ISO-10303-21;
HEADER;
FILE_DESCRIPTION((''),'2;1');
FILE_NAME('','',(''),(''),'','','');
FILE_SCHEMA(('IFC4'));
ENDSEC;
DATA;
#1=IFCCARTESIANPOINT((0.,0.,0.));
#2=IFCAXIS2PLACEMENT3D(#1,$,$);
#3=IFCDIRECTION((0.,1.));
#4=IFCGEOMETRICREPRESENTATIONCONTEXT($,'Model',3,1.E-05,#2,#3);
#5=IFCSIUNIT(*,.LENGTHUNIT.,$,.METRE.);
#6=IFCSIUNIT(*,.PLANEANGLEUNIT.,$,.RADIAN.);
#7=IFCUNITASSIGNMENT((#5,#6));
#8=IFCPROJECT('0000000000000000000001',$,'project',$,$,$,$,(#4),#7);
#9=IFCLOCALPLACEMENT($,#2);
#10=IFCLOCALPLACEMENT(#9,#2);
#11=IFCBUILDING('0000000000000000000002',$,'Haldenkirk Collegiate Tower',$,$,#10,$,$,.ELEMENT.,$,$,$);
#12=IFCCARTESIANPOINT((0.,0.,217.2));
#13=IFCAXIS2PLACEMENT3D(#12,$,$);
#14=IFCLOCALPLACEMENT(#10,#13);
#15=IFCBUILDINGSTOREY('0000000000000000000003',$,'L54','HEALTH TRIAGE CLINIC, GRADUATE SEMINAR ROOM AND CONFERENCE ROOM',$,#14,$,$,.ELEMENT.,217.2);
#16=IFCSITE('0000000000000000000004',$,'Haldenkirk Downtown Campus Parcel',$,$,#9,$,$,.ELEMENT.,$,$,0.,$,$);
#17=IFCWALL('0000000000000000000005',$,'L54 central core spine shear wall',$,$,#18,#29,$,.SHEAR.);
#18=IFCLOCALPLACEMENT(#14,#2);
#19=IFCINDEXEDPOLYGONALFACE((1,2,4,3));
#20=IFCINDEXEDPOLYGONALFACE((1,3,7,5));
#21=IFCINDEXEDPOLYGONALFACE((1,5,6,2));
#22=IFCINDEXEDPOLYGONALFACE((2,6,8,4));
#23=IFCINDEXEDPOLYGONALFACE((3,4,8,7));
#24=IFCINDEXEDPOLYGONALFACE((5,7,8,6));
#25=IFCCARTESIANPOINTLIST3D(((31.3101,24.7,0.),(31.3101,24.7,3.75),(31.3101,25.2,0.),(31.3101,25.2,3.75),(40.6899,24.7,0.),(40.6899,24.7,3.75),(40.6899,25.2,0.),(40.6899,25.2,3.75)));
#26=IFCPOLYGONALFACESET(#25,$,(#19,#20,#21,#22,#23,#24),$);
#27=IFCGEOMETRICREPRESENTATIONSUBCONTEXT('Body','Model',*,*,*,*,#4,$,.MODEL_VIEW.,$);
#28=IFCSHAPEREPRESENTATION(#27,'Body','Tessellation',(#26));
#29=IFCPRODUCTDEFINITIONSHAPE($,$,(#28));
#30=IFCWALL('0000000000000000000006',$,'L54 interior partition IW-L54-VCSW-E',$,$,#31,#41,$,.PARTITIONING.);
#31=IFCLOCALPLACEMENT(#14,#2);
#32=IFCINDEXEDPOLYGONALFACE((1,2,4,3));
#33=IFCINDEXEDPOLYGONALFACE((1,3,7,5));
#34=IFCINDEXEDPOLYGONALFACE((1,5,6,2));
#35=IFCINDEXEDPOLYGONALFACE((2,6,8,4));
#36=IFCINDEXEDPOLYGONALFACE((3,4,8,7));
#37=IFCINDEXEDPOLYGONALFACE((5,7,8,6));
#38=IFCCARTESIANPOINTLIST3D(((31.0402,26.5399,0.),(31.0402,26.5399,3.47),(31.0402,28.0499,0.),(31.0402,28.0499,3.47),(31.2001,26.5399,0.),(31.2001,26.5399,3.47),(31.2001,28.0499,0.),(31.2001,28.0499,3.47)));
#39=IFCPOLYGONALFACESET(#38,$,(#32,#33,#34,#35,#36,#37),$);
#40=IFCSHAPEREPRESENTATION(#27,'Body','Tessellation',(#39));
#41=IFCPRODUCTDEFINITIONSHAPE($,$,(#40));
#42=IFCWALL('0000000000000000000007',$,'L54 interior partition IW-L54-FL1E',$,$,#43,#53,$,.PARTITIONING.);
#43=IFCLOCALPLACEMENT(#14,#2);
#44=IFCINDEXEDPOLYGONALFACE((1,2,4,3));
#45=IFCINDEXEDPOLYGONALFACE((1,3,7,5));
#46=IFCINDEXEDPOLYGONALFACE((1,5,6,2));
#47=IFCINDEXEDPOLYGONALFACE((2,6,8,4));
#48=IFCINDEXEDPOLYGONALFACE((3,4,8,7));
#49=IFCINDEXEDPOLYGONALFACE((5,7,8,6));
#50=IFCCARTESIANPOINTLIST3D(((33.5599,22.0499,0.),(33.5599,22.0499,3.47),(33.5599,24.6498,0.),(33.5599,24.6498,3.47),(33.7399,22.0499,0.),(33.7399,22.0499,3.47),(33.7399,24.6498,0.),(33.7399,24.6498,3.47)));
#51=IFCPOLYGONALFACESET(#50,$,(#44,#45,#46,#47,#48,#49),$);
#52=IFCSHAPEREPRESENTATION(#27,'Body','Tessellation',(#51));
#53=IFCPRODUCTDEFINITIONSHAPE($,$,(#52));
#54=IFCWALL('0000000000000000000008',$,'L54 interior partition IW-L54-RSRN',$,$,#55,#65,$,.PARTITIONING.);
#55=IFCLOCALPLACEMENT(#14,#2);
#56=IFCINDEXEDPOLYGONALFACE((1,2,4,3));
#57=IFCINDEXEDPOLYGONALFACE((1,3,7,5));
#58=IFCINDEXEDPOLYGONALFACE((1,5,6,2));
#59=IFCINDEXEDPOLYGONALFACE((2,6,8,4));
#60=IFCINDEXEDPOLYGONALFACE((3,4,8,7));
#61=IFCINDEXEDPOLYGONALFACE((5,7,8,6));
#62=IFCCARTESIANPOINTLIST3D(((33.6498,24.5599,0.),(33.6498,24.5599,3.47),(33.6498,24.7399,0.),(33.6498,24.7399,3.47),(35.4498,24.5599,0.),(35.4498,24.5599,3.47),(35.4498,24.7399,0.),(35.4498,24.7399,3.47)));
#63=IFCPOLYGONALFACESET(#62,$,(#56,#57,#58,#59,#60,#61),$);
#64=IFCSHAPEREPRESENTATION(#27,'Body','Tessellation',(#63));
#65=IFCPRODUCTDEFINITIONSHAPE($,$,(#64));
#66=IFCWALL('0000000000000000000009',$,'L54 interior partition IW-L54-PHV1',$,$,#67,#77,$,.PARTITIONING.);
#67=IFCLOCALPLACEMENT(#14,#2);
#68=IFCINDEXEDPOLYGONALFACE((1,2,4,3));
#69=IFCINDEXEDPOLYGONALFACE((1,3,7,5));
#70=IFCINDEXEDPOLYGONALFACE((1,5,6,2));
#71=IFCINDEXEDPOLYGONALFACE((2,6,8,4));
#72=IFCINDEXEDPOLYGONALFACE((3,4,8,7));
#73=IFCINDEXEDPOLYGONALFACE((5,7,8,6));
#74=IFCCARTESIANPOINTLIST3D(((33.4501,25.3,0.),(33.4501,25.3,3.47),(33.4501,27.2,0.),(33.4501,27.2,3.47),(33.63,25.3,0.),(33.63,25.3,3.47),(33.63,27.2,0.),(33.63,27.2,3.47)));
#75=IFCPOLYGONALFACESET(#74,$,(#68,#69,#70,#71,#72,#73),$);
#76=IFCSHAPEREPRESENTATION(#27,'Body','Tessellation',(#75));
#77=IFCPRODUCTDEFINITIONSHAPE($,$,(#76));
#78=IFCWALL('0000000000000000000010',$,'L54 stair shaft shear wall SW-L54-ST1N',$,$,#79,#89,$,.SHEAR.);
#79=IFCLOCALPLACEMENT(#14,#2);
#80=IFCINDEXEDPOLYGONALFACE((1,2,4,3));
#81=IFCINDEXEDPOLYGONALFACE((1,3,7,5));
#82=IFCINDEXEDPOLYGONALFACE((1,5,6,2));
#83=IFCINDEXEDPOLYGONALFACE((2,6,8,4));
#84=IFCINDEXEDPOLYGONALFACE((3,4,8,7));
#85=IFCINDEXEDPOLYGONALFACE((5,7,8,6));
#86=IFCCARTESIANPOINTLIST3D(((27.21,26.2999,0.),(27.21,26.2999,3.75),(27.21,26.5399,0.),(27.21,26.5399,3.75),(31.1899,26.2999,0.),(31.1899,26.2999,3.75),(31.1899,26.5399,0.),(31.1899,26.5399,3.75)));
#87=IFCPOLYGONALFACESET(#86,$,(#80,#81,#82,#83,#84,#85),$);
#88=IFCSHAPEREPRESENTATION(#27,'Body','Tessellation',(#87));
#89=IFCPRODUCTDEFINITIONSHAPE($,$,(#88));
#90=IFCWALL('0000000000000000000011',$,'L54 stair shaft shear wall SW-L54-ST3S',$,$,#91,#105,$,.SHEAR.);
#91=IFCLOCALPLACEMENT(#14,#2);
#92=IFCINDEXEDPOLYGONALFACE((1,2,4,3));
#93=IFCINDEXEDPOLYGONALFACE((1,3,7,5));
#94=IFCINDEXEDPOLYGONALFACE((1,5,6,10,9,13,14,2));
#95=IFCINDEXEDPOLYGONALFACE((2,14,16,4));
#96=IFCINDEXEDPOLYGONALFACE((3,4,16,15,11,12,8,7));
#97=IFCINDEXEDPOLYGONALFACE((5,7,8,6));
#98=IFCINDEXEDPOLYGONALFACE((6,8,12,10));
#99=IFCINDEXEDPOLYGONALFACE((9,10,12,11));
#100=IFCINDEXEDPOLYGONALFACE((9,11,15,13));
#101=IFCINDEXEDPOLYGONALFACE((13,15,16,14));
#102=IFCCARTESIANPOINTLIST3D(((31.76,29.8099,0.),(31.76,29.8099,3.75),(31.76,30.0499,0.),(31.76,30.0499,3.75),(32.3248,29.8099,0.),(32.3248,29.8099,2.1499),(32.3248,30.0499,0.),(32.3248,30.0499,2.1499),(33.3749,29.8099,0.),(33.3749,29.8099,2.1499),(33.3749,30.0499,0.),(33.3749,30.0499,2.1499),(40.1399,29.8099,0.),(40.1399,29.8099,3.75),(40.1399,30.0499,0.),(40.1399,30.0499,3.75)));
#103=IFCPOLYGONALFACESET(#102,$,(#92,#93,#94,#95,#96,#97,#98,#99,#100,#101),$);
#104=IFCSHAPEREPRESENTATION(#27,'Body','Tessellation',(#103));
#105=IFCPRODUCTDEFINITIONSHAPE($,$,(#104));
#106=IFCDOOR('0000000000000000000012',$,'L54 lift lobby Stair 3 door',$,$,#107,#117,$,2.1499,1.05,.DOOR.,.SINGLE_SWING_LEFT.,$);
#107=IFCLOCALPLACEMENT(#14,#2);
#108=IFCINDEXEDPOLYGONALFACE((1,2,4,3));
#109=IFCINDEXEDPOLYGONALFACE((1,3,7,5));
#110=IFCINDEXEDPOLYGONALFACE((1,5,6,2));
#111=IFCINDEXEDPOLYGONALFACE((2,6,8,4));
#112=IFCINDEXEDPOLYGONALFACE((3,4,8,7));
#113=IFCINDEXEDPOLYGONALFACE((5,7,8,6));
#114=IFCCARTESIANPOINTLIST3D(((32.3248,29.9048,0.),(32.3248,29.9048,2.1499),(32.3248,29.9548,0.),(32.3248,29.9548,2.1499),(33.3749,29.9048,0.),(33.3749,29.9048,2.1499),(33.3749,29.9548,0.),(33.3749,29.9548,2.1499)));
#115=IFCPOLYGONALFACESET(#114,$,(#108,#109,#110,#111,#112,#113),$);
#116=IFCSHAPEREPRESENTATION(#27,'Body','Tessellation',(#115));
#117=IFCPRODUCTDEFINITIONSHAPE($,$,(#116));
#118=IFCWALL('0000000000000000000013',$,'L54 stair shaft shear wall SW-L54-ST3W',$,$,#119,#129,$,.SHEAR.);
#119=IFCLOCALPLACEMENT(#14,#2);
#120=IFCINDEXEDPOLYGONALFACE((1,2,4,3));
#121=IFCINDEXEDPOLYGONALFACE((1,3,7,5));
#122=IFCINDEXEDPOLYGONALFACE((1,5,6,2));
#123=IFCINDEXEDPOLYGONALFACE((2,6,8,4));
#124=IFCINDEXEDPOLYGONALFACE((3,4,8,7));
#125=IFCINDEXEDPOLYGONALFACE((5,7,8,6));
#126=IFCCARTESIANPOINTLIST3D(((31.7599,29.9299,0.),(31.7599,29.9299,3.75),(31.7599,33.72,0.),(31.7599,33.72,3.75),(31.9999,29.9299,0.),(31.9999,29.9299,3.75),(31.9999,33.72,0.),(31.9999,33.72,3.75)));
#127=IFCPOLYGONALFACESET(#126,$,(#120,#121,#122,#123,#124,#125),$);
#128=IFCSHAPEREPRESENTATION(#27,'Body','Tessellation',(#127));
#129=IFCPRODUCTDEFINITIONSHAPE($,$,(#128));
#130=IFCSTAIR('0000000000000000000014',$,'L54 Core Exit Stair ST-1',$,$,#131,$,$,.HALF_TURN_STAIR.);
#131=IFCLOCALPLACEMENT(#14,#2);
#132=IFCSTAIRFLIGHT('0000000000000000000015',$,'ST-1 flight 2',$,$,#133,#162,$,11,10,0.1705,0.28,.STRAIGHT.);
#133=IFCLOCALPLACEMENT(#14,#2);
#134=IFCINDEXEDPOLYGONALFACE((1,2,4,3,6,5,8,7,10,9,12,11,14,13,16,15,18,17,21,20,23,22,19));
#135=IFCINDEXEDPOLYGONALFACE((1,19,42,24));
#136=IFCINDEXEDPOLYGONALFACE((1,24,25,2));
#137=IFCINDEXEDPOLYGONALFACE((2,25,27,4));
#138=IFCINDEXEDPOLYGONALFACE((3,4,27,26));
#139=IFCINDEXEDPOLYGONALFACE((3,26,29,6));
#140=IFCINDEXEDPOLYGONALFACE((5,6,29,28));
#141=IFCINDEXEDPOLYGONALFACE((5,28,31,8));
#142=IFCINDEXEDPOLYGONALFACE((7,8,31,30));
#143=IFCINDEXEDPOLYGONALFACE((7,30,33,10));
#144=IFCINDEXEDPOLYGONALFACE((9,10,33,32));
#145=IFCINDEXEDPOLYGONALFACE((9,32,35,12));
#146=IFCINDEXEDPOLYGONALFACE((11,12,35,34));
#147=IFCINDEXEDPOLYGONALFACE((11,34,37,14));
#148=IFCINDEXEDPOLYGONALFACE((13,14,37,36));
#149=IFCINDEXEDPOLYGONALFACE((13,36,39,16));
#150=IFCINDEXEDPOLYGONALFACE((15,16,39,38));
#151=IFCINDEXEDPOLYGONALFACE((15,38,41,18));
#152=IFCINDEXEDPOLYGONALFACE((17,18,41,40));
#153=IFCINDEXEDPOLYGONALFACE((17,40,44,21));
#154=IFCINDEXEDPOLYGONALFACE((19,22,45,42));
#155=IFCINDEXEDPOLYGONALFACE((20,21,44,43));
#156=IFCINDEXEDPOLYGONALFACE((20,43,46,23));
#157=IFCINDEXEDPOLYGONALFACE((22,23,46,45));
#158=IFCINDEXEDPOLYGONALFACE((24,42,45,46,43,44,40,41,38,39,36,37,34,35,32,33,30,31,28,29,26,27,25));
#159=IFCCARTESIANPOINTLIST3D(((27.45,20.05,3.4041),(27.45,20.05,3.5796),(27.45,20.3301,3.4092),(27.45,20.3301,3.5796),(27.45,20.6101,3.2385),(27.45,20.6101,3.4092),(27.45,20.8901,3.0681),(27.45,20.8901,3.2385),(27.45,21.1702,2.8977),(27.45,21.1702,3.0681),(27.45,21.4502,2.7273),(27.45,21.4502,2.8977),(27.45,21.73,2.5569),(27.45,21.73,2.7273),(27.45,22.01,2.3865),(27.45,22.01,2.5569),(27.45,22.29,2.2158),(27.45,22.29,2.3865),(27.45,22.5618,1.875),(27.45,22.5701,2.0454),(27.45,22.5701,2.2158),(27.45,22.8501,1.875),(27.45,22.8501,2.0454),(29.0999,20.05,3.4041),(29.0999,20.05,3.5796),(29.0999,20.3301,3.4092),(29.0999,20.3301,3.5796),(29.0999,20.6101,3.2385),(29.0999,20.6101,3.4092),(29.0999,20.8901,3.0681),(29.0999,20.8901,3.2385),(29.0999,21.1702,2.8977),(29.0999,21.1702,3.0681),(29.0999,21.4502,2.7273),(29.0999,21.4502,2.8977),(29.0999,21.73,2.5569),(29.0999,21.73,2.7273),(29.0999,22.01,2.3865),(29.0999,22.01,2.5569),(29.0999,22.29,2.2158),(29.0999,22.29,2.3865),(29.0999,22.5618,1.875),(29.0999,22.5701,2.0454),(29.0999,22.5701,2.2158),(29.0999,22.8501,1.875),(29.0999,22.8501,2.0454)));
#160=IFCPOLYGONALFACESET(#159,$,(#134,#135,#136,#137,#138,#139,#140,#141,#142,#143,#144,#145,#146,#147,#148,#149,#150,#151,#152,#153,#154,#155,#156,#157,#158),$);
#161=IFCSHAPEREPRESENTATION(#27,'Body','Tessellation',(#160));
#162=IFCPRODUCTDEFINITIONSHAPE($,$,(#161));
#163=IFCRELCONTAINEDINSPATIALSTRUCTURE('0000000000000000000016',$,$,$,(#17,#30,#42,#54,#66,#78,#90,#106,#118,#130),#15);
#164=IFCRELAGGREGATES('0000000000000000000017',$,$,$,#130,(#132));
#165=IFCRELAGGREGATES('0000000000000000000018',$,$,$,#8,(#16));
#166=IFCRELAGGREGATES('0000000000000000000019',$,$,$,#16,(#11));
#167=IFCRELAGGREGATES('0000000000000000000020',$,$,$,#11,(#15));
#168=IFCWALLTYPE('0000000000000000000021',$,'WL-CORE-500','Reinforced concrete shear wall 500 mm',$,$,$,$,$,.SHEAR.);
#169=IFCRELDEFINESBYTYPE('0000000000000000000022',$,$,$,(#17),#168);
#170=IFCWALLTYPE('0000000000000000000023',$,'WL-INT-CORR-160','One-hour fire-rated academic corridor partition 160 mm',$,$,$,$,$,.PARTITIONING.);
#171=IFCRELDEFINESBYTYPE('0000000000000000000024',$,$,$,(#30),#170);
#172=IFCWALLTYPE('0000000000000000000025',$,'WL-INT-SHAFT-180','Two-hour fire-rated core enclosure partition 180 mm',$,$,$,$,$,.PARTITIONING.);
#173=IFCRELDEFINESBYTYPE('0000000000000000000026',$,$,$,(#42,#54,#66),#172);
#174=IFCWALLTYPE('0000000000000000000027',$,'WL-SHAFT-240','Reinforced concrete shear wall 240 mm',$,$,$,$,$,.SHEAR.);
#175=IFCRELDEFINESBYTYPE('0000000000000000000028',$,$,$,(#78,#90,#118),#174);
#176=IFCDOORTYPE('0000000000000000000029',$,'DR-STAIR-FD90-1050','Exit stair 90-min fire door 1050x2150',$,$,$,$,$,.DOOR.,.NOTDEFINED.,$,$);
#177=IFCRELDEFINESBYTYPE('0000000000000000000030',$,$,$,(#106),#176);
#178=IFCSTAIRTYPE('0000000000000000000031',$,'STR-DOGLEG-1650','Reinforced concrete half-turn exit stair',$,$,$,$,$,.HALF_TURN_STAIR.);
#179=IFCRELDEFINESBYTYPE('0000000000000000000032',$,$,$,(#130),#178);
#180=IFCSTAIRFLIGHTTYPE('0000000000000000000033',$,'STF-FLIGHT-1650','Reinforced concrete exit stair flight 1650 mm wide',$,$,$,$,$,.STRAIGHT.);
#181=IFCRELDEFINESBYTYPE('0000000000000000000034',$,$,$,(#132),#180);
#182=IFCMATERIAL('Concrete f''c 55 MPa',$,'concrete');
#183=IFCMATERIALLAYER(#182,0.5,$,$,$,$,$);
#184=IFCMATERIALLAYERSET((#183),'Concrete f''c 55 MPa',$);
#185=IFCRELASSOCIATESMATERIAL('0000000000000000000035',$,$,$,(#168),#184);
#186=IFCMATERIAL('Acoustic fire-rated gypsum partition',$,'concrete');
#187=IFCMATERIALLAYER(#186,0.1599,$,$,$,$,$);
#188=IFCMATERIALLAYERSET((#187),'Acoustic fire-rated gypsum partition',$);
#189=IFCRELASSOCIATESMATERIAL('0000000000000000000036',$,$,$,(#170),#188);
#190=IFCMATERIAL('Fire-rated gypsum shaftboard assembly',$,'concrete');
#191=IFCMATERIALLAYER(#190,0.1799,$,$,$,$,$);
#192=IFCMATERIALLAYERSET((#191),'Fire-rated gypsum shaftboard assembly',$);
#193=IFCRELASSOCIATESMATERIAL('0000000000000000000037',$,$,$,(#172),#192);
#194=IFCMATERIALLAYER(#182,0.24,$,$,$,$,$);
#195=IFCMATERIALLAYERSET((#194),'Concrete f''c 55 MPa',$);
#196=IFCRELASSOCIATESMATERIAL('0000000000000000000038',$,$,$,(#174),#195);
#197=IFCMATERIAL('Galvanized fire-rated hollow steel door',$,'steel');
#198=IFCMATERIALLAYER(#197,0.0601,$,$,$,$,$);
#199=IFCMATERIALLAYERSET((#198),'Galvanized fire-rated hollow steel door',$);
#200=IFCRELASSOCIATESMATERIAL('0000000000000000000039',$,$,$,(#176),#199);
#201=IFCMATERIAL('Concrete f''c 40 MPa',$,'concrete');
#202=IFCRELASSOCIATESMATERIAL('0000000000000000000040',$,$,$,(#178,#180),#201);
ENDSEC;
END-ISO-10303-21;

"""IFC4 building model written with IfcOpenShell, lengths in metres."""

from ifc_helpers import new_model, si_unit, direction, frame, frame_2d, origin, place, context, subcontext, project, spatial, polyline, rectangle, outline, extrude, material, layer, layer_set, type_object, element, fill, aggregate, save


model = new_model("IFC4")

# Units and contexts
model_context = context("Model", 3, precision=1e-05, world=origin(), true_north=direction((0.0, 1.0)))
body_context = subcontext(model_context, "Body", "Model", "MODEL_VIEW")
ifc_project = project(units=[si_unit("LENGTHUNIT", "METRE"), si_unit("PLANEANGLEUNIT", "RADIAN")], contexts=[model_context])

# Site, building, storey
site_placement = place(None, origin())
site = spatial("IfcSite", under=ifc_project, at=site_placement, Name="Haldenkirk Downtown Campus Parcel", CompositionType="ELEMENT", RefElevation=0.0)
building_placement = place(site_placement, origin())
building = spatial("IfcBuilding", under=site, at=building_placement, Name="Haldenkirk Collegiate Tower", CompositionType="ELEMENT")
storey_placement = place(building_placement, frame((0.0, 0.0, 217.2)))
storey = spatial("IfcBuildingStorey", under=building, at=storey_placement, Name="L54", Description="HEALTH TRIAGE CLINIC, GRADUATE SEMINAR ROOM AND CONFERENCE ROOM", CompositionType="ELEMENT", Elevation=217.2)

# Walls
ifc_material_1 = material(Name="Concrete f'c 55 MPa", Category="concrete")
ifc_layer_1 = layer(ifc_material_1, 0.5)
ifc_layer_set_1 = layer_set([ifc_layer_1], Name="Concrete f'c 55 MPa")
wall_type_1 = type_object("IfcWallType", Name="WL-CORE-500", Description="Reinforced concrete shear wall 500 mm", PredefinedType="SHEAR", material=ifc_layer_set_1)
wall_1_placement = place(storey_placement, frame((31.3101, 24.95, 0.0), z_axis=(0.0, 0.0, 1.0), x_axis=(1.0, 0.0, 0.0)))
element("IfcWall", 1, at=wall_1_placement, inside=storey, type_object=wall_type_1, Name="L54 central core spine shear wall", PredefinedType="SHEAR", context=body_context, shape_type="SweptSolid", body=[
    extrude(rectangle(XDim=9.3799, YDim=0.5, at=frame_2d((4.6899, 0.0))), origin(), (0.0, 0.0, 1.0), 3.75),
])
ifc_material_2 = material(Name="Acoustic fire-rated gypsum partition", Category="concrete")
ifc_layer_2 = layer(ifc_material_2, 0.1599)
ifc_layer_set_2 = layer_set([ifc_layer_2], Name="Acoustic fire-rated gypsum partition")
wall_type_2 = type_object("IfcWallType", Name="WL-INT-CORR-160", Description="One-hour fire-rated academic corridor partition 160 mm", PredefinedType="PARTITIONING", material=ifc_layer_set_2)
wall_2_placement = place(storey_placement, frame((31.1201, 26.54, 0.0), z_axis=(0.0, 0.0, 1.0), x_axis=(0.0, 1.0, 0.0)))
element("IfcWall", 2, at=wall_2_placement, inside=storey, type_object=wall_type_2, Name="L54 interior partition IW-L54-VCSW-E", PredefinedType="PARTITIONING", context=body_context, shape_type="SweptSolid", body=[
    extrude(rectangle(XDim=1.51, YDim=0.1599, at=frame_2d((0.7549, 0.0))), origin(), (0.0, 0.0, 1.0), 3.47),
])

# Walls
ifc_material_3 = material(Name="Fire-rated gypsum shaftboard assembly", Category="concrete")
ifc_layer_3 = layer(ifc_material_3, 0.1799)
ifc_layer_set_3 = layer_set([ifc_layer_3], Name="Fire-rated gypsum shaftboard assembly")
wall_type_3 = type_object("IfcWallType", Name="WL-INT-SHAFT-180", Description="Two-hour fire-rated core enclosure partition 180 mm", PredefinedType="PARTITIONING", material=ifc_layer_set_3)
wall_3_placement = place(storey_placement, frame((33.6499, 22.05, 0.0), z_axis=(0.0, 0.0, 1.0), x_axis=(0.0, 1.0, 0.0)))
element("IfcWall", 3, at=wall_3_placement, inside=storey, type_object=wall_type_3, Name="L54 interior partition IW-L54-FL1E", PredefinedType="PARTITIONING", context=body_context, shape_type="SweptSolid", body=[
    extrude(rectangle(XDim=2.5999, YDim=0.1799, at=frame_2d((1.2998, 0.0))), origin(), (0.0, 0.0, 1.0), 3.47),
])
wall_4_placement = place(storey_placement, frame((33.6499, 24.6499, 0.0), z_axis=(0.0, 0.0, 1.0), x_axis=(1.0, 0.0, 0.0)))
element("IfcWall", 4, at=wall_4_placement, inside=storey, type_object=wall_type_3, Name="L54 interior partition IW-L54-RSRN", PredefinedType="PARTITIONING", context=body_context, shape_type="SweptSolid", body=[
    extrude(rectangle(XDim=1.8, YDim=0.1799, at=frame_2d((0.8999, 0.0))), origin(), (0.0, 0.0, 1.0), 3.47),
])

# Wall
wall_5_placement = place(storey_placement, frame((33.54, 25.3, 0.0), z_axis=(0.0, 0.0, 1.0), x_axis=(0.0, 1.0, 0.0)))
element("IfcWall", 5, at=wall_5_placement, inside=storey, type_object=wall_type_3, Name="L54 interior partition IW-L54-PHV1", PredefinedType="PARTITIONING", context=body_context, shape_type="SweptSolid", body=[
    extrude(rectangle(XDim=1.8999, YDim=0.1799, at=frame_2d((0.95, 0.0))), origin(), (0.0, 0.0, 1.0), 3.47),
])

# Shared definitions
ifc_material_4 = material(Name="Galvanized fire-rated hollow steel door", Category="steel")

# Wall
ifc_layer_4 = layer(ifc_material_1, 0.24)
ifc_layer_set_4 = layer_set([ifc_layer_4], Name="Concrete f'c 55 MPa")
wall_type_4 = type_object("IfcWallType", Name="WL-SHAFT-240", Description="Reinforced concrete shear wall 240 mm", PredefinedType="SHEAR", material=ifc_layer_set_4)
wall_6_placement = place(storey_placement, frame((27.21, 26.4199, 0.0), z_axis=(0.0, 0.0, 1.0), x_axis=(1.0, 0.0, 0.0)))
element("IfcWall", 6, at=wall_6_placement, inside=storey, type_object=wall_type_4, Name="L54 stair shaft shear wall SW-L54-ST1N", PredefinedType="SHEAR", context=body_context, shape_type="SweptSolid", body=[
    extrude(rectangle(XDim=3.98, YDim=0.24, at=frame_2d((1.99, 0.0))), origin(), (0.0, 0.0, 1.0), 3.75),
])

# Wall, opening, door
wall_7_placement = place(storey_placement, frame((31.76, 29.9299, 0.0), z_axis=(0.0, 0.0, 1.0), x_axis=(1.0, 0.0, 0.0)))
wall_7 = element("IfcWall", 7, at=wall_7_placement, inside=storey, type_object=wall_type_4, Name="L54 stair shaft shear wall SW-L54-ST3S", PredefinedType="SHEAR", context=body_context, shape_type="SweptSolid", body=[
    extrude(rectangle(XDim=8.3799, YDim=0.24, at=frame_2d((4.1899, 0.0))), origin(), (0.0, 0.0, 1.0), 3.75),
])
opening_1_placement = place(wall_7_placement, frame((0.5649, 0.0, 0.0)))
opening_1 = element("IfcOpeningElement", 8, at=opening_1_placement, cuts=wall_7, PredefinedType="OPENING", context=body_context, shape_type="SweptSolid", body=[
    extrude(rectangle(XDim=1.05, YDim=2.1499, at=frame_2d((0.5249, 1.075))), frame((0.0, 0.1299, 0.0), z_axis=(0.0, -1.0, 0.0), x_axis=(1.0, 0.0, 0.0)), (0.0, 0.0, 1.0), 0.26),
])
ifc_layer_5 = layer(ifc_material_4, 0.0601)
ifc_layer_set_5 = layer_set([ifc_layer_5], Name="Galvanized fire-rated hollow steel door")
door_type_1 = type_object("IfcDoorType", Name="DR-STAIR-FD90-1050", Description="Exit stair 90-min fire door 1050x2150", OperationType="NOTDEFINED", PredefinedType="DOOR", material=ifc_layer_set_5)
door_1_placement = place(opening_1_placement, origin())
door_1 = element("IfcDoor", 9, at=door_1_placement, inside=storey, type_object=door_type_1, Name="L54 lift lobby Stair 3 door", OperationType="SINGLE_SWING_LEFT", OverallHeight=2.1499, OverallWidth=1.05, PredefinedType="DOOR", context=body_context, shape_type="SweptSolid", body=[
    extrude(rectangle(XDim=1.05, YDim=2.1499, at=frame_2d((0.5249, 1.075))), frame((0.0, 0.0249, 0.0), z_axis=(0.0, -1.0, 0.0), x_axis=(1.0, 0.0, 0.0)), (0.0, 0.0, 1.0), 0.05),
])
fill(opening_1, door_1)

# Wall
wall_8_placement = place(storey_placement, frame((31.8799, 29.9299, 0.0), z_axis=(0.0, 0.0, 1.0), x_axis=(0.0, 1.0, 0.0)))
element("IfcWall", 10, at=wall_8_placement, inside=storey, type_object=wall_type_4, Name="L54 stair shaft shear wall SW-L54-ST3W", PredefinedType="SHEAR", context=body_context, shape_type="SweptSolid", body=[
    extrude(rectangle(XDim=3.79, YDim=0.24, at=frame_2d((1.895, 0.0))), origin(), (0.0, 0.0, 1.0), 3.75),
])

# Stair, stair flight
ifc_material_5 = material(Name="Concrete f'c 40 MPa", Category="concrete")
stair_type = type_object("IfcStairType", Name="STR-DOGLEG-1650", Description="Reinforced concrete half-turn exit stair", PredefinedType="HALF_TURN_STAIR", material=ifc_material_5)
stair_1_placement = place(storey_placement, origin())
stair_1 = element("IfcStair", 11, at=stair_1_placement, inside=storey, type_object=stair_type, Name="L54 Core Exit Stair ST-1", PredefinedType="HALF_TURN_STAIR")
stair_flight_type = type_object("IfcStairFlightType", Name="STF-FLIGHT-1650", Description="Reinforced concrete exit stair flight 1650 mm wide", PredefinedType="STRAIGHT", material=ifc_material_5)
stair_flight_1_placement = place(storey_placement, frame((28.2749, 22.8501, 1.875), z_axis=(0.0, 0.0, 1.0), x_axis=(0.0, -1.0, 0.0)))
stair_flight_1 = element("IfcStairFlight", 12, at=stair_flight_1_placement, type_object=stair_flight_type, Name="ST-1 flight 2", NumberOfRisers=11, NumberOfTreads=10, PredefinedType="STRAIGHT", RiserHeight=0.1705, TreadLength=0.28, context=body_context, shape_type="SweptSolid", body=[
    extrude(outline(polyline([(0.0, 0.0), (0.0, 0.1704), (0.28, 0.1704), (0.28, 0.3408), (0.5601, 0.3408), (0.5601, 0.5115), (0.8401, 0.5115), (0.8401, 0.6819), (1.1201, 0.6819), (1.1201, 0.8523), (1.3999, 0.8523), (1.3999, 1.0227), (1.6799, 1.0227), (1.6799, 1.1931), (1.96, 1.1931), (1.96, 1.3635), (2.24, 1.3635), (2.24, 1.5342), (2.52, 1.5342), (2.52, 1.7046), (2.8, 1.7046), (2.8, 1.875), (2.8, 1.5291), (0.2883, 0.0), (0.0, 0.0)])), frame((0.0, 0.825, 0.0), z_axis=(0.0, -1.0, 0.0), x_axis=(1.0, 0.0, 0.0)), (0.0, 0.0, 1.0), 1.6499),
])
aggregate(stair_1, [stair_flight_1])

save(model, "model.ifc")
